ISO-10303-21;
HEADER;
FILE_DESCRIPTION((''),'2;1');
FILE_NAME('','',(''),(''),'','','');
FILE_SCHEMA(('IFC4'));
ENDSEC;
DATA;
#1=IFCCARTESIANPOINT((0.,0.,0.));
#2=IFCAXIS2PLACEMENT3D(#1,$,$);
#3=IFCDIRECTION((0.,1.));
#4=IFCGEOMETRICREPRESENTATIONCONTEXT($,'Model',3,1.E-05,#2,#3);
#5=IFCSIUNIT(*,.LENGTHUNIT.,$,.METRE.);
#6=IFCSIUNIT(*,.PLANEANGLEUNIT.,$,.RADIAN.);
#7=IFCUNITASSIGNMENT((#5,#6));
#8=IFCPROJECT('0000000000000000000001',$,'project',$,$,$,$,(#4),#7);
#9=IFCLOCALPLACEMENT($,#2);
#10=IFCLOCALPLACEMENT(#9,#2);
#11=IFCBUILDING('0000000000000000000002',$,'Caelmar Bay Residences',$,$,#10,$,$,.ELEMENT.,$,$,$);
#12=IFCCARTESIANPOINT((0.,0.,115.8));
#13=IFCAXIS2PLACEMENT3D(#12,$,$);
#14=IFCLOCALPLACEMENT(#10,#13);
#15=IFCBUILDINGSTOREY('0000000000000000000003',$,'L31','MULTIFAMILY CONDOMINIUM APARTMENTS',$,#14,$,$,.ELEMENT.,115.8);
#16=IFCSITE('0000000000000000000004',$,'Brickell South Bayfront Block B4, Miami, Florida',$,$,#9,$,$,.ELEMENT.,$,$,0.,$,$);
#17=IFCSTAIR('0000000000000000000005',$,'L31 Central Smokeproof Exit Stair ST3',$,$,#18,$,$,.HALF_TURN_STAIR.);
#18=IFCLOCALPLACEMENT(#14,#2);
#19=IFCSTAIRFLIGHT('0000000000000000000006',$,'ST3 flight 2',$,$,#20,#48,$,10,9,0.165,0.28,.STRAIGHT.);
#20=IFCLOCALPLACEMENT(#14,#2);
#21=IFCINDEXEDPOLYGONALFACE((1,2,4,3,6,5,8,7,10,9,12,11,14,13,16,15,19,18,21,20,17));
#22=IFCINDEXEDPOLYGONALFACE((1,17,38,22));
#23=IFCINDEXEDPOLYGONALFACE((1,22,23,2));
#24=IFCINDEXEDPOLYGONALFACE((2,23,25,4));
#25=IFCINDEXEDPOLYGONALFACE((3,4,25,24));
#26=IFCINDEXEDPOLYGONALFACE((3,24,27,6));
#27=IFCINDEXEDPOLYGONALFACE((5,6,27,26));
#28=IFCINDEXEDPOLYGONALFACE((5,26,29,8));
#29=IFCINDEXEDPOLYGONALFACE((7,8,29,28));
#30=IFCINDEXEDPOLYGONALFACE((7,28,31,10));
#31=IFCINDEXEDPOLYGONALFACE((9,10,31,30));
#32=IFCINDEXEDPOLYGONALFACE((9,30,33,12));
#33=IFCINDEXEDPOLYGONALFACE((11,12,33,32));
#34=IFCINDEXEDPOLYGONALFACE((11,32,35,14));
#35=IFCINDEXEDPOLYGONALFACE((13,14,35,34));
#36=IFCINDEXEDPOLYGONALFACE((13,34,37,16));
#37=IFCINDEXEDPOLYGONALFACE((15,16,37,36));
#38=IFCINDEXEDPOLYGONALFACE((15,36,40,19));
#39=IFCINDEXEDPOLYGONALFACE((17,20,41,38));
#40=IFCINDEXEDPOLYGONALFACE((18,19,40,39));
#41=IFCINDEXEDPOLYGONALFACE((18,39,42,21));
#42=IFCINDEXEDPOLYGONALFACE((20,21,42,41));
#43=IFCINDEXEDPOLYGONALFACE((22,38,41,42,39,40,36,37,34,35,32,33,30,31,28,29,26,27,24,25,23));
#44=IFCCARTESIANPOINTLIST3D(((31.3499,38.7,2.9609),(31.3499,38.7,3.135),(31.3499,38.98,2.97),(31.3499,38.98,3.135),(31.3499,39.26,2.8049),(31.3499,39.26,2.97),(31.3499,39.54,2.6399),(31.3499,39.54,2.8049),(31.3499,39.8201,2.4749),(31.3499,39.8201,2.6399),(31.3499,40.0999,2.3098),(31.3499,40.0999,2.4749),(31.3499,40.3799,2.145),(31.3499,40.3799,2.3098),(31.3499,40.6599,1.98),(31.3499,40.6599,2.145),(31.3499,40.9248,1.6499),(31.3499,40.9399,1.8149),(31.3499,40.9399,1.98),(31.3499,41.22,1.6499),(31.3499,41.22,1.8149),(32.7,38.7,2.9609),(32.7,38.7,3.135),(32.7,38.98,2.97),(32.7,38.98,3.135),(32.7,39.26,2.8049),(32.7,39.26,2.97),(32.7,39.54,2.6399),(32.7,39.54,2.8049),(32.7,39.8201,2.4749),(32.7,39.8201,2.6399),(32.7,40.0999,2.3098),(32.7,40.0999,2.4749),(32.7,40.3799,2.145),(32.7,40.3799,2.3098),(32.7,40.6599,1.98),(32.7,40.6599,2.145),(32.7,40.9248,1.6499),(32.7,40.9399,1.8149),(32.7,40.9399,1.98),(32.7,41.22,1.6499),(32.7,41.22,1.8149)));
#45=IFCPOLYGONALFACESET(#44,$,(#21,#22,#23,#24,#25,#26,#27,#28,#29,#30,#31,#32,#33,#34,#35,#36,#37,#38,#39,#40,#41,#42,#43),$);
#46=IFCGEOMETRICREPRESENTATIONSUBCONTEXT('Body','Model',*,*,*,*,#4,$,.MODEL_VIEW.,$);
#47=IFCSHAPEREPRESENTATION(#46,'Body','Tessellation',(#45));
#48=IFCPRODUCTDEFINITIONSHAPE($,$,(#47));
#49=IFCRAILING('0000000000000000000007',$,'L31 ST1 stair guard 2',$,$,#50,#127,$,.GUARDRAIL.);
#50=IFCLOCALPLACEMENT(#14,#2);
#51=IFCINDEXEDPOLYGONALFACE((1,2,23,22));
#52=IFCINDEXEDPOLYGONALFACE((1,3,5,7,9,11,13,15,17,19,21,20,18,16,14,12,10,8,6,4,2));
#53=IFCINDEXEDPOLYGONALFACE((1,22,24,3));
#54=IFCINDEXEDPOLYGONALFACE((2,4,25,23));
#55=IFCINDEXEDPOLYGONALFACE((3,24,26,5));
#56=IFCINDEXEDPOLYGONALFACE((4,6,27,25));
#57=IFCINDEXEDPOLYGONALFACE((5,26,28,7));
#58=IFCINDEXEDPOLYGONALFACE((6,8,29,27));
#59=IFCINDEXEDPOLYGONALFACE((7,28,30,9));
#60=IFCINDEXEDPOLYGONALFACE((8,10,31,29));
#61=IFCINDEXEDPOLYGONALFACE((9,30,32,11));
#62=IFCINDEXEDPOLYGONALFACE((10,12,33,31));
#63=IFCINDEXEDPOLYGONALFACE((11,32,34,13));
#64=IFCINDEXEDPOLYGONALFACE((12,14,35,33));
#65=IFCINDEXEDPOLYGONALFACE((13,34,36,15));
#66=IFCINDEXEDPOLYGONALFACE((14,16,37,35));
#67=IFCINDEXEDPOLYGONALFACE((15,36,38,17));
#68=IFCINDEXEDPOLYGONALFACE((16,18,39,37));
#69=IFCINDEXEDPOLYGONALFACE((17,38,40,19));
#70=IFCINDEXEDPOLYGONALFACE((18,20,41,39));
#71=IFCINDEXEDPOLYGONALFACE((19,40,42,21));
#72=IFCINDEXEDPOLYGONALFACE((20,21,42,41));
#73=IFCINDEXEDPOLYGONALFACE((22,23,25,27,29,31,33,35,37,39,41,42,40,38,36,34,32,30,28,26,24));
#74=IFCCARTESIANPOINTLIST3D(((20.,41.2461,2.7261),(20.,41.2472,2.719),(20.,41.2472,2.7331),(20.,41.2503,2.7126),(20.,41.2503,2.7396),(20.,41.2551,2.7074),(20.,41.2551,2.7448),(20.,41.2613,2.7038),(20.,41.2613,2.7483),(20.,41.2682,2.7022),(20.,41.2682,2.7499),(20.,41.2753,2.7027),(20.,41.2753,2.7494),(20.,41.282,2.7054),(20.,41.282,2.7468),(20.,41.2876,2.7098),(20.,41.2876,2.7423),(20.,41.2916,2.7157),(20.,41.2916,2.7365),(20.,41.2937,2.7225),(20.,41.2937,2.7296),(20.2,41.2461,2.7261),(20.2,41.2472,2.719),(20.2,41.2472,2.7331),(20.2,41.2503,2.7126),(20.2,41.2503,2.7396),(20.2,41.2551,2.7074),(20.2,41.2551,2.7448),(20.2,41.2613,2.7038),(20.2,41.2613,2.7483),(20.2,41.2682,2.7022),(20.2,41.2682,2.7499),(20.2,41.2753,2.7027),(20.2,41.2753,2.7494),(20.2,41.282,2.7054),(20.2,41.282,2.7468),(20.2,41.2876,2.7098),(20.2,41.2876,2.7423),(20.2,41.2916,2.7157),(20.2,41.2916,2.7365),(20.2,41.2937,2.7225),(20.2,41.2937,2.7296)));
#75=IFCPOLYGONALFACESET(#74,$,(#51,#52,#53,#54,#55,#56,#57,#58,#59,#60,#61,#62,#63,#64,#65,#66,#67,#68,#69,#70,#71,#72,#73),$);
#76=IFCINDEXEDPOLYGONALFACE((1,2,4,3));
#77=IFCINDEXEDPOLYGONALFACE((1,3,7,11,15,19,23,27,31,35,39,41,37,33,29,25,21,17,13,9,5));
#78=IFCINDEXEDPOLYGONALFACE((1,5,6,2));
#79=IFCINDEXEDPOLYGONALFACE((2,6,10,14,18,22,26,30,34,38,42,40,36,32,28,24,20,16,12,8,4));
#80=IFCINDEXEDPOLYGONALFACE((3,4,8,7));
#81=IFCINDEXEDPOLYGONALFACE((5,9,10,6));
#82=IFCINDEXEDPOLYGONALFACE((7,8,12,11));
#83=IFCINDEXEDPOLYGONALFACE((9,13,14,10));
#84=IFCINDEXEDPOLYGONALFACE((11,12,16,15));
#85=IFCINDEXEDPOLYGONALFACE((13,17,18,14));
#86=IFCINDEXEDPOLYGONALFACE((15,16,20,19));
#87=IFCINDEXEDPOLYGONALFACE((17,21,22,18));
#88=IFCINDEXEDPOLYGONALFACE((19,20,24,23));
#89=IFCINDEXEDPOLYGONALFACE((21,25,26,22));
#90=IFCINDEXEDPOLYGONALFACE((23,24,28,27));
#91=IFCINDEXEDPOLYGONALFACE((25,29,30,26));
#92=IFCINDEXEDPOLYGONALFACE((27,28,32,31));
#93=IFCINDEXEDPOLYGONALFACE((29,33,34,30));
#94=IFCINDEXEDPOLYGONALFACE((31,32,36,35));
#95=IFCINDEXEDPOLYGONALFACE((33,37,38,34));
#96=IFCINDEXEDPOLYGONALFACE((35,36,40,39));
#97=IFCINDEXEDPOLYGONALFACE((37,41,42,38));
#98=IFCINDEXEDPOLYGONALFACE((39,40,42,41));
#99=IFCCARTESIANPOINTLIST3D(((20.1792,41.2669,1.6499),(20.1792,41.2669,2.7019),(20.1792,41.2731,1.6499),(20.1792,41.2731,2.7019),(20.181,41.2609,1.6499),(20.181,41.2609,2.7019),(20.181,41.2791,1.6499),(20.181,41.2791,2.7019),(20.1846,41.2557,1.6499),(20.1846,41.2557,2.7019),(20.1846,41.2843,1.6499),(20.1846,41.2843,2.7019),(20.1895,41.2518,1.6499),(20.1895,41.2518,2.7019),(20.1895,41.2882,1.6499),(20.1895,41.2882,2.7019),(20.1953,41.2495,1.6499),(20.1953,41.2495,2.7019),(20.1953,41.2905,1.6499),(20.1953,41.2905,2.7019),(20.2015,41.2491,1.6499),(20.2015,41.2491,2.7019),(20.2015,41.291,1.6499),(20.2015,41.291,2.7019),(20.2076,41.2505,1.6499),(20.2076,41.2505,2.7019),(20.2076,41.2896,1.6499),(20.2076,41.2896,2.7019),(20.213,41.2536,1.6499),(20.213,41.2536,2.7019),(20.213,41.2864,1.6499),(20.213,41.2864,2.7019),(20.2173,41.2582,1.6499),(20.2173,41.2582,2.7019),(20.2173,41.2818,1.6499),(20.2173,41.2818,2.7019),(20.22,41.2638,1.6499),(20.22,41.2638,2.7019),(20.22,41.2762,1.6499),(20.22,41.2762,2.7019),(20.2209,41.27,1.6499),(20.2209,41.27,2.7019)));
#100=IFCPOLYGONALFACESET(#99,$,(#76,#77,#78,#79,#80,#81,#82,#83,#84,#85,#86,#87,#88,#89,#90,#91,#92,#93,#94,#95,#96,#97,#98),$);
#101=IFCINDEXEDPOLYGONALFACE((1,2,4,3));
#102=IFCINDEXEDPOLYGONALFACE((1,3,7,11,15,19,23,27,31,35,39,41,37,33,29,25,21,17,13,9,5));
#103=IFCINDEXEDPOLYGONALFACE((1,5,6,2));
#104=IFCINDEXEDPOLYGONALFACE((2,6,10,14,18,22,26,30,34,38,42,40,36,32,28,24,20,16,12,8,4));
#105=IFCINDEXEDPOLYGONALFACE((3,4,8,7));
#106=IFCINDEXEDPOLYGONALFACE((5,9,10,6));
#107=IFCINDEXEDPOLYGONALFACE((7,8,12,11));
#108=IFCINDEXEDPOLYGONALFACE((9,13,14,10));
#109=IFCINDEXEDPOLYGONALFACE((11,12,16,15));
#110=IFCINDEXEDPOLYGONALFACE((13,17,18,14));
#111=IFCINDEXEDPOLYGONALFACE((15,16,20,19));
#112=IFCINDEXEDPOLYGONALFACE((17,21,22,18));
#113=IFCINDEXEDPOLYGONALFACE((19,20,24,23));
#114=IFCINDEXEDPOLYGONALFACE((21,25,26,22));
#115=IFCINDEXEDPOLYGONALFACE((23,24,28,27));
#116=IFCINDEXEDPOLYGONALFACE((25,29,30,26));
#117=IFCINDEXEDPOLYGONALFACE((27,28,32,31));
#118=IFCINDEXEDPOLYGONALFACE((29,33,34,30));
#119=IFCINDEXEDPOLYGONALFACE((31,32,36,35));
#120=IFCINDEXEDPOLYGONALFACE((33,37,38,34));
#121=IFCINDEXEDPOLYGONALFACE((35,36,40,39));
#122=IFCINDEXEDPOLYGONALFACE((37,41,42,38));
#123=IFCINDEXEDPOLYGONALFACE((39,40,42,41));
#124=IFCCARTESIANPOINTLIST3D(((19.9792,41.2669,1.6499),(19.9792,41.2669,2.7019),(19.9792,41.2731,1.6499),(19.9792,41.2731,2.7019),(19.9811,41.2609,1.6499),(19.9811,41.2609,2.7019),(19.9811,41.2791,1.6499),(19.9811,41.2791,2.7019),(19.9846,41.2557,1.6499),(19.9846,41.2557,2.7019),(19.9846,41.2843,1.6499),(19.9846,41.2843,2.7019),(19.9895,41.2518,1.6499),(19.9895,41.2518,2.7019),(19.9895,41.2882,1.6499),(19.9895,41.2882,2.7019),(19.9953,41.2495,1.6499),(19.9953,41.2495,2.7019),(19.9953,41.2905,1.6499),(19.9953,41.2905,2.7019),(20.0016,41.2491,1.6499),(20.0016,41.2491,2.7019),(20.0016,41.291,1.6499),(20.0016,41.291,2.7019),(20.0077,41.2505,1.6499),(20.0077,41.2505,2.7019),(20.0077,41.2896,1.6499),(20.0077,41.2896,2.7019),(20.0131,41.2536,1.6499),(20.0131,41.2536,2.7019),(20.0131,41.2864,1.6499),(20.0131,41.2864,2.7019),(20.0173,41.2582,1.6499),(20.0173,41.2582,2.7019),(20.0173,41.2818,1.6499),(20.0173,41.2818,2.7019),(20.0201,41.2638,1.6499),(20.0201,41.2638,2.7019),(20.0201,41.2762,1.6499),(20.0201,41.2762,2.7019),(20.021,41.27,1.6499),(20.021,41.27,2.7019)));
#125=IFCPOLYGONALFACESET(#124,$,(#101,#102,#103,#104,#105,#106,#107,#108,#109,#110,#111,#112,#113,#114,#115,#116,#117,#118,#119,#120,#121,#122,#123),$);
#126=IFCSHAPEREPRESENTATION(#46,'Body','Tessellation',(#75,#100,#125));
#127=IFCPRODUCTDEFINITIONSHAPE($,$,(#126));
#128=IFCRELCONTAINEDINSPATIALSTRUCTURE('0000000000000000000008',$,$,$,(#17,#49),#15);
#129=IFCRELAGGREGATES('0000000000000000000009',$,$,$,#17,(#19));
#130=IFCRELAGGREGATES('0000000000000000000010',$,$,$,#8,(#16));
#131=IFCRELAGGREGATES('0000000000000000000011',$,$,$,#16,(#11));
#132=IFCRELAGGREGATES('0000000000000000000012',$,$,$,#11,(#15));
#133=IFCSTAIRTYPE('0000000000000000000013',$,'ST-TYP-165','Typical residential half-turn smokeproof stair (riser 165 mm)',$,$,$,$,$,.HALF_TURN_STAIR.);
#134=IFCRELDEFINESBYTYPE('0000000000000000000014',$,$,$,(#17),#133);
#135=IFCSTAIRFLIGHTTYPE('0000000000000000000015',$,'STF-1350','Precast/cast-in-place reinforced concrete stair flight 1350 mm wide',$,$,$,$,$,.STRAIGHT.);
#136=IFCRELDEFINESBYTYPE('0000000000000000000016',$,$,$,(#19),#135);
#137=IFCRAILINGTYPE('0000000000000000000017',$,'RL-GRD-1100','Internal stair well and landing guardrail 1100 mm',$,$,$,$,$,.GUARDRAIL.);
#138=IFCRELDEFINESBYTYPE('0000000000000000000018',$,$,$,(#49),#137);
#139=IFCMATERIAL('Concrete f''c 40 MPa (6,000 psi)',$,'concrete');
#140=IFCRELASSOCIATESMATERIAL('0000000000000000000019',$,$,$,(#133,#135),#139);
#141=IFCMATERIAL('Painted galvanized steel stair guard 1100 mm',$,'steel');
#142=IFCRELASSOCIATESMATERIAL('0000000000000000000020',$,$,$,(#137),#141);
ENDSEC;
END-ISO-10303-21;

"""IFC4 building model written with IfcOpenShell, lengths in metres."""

from ifc_helpers import new_model, si_unit, direction, frame, origin, origin_2d, place, context, subcontext, project, spatial, polyline, circle, outline, extrude, material, type_object, element, aggregate, save


model = new_model("IFC4")

# Units and contexts
model_context = context("Model", 3, precision=1e-05, world=origin(), true_north=direction((0.0, 1.0)))
body_context = subcontext(model_context, "Body", "Model", "MODEL_VIEW")
ifc_project = project(units=[si_unit("LENGTHUNIT", "METRE"), si_unit("PLANEANGLEUNIT", "RADIAN")], contexts=[model_context])

# Site, building, storey
site_placement = place(None, origin())
site = spatial("IfcSite", under=ifc_project, at=site_placement, Name="Brickell South Bayfront Block B4, Miami, Florida", CompositionType="ELEMENT", RefElevation=0.0)
building_placement = place(site_placement, origin())
building = spatial("IfcBuilding", under=site, at=building_placement, Name="Caelmar Bay Residences", CompositionType="ELEMENT")
storey_placement = place(building_placement, frame((0.0, 0.0, 115.8)))
storey = spatial("IfcBuildingStorey", under=building, at=storey_placement, Name="L31", Description="MULTIFAMILY CONDOMINIUM APARTMENTS", CompositionType="ELEMENT", Elevation=115.8)

# Stair, stair flight
ifc_material_1 = material(Name="Concrete f'c 40 MPa (6,000 psi)", Category="concrete")
stair_type = type_object("IfcStairType", Name="ST-TYP-165", Description="Typical residential half-turn smokeproof stair (riser 165 mm)", PredefinedType="HALF_TURN_STAIR", material=ifc_material_1)
stair_flight_type = type_object("IfcStairFlightType", Name="STF-1350", Description="Precast/cast-in-place reinforced concrete stair flight 1350 mm wide", PredefinedType="STRAIGHT", material=ifc_material_1)
stair_1_placement = place(storey_placement, origin())
stair_1 = element("IfcStair", 1, at=stair_1_placement, inside=storey, type_object=stair_type, Name="L31 Central Smokeproof Exit Stair ST3", PredefinedType="HALF_TURN_STAIR")
stair_flight_1_placement = place(storey_placement, frame((32.0249, 41.22, 1.6499), z_axis=(0.0, 0.0, 1.0), x_axis=(0.0, -1.0, 0.0)))
stair_flight_1 = element("IfcStairFlight", 2, at=stair_flight_1_placement, type_object=stair_flight_type, Name="ST3 flight 2", NumberOfRisers=10, NumberOfTreads=9, PredefinedType="STRAIGHT", RiserHeight=0.165, TreadLength=0.28, context=body_context, shape_type="SweptSolid", body=[
    extrude(outline(polyline([(0.0, 0.0), (0.0, 0.165), (0.28, 0.165), (0.28, 0.3301), (0.5601, 0.3301), (0.5601, 0.4951), (0.8401, 0.4951), (0.8401, 0.6599), (1.1201, 0.6599), (1.1201, 0.825), (1.3999, 0.825), (1.3999, 0.99), (1.6799, 0.99), (1.6799, 1.155), (1.96, 1.155), (1.96, 1.3201), (2.24, 1.3201), (2.24, 1.4851), (2.52, 1.4851), (2.52, 1.6499), (2.52, 1.311), (0.2952, 0.0), (0.0, 0.0)])), frame((0.0, 0.675, 0.0), z_axis=(0.0, -1.0, 0.0), x_axis=(1.0, 0.0, 0.0)), (0.0, 0.0, 1.0), 1.3501),
])
aggregate(stair_1, [stair_flight_1])

# Railing
ifc_material_2 = material(Name="Painted galvanized steel stair guard 1100 mm", Category="steel")
railing_type_1 = type_object("IfcRailingType", Name="RL-GRD-1100", Description="Internal stair well and landing guardrail 1100 mm", PredefinedType="GUARDRAIL", material=ifc_material_2)
railing_1_placement = place(storey_placement, frame((20.2, 41.27, 1.6499)))
element("IfcRailing", 3, at=railing_1_placement, inside=storey, type_object=railing_type_1, Name="L31 ST1 stair guard 2", PredefinedType="GUARDRAIL", context=body_context, shape_type="SweptSolid", body=[
    extrude(circle(Radius=0.0239, at=origin_2d()), frame((0.0, 0.0, 1.0762), z_axis=(-1.0, 0.0, 0.0), x_axis=(0.0, -1.0, 0.0)), (0.0, 0.0, 1.0), 0.2),
    extrude(circle(Radius=0.021, at=origin_2d()), origin(), (0.0, 0.0, 1.0), 1.052),
    extrude(circle(Radius=0.021, at=origin_2d()), frame((-0.2, 0.0, 0.0)), (0.0, 0.0, 1.0), 1.052),
])

save(model, "model.ifc")
